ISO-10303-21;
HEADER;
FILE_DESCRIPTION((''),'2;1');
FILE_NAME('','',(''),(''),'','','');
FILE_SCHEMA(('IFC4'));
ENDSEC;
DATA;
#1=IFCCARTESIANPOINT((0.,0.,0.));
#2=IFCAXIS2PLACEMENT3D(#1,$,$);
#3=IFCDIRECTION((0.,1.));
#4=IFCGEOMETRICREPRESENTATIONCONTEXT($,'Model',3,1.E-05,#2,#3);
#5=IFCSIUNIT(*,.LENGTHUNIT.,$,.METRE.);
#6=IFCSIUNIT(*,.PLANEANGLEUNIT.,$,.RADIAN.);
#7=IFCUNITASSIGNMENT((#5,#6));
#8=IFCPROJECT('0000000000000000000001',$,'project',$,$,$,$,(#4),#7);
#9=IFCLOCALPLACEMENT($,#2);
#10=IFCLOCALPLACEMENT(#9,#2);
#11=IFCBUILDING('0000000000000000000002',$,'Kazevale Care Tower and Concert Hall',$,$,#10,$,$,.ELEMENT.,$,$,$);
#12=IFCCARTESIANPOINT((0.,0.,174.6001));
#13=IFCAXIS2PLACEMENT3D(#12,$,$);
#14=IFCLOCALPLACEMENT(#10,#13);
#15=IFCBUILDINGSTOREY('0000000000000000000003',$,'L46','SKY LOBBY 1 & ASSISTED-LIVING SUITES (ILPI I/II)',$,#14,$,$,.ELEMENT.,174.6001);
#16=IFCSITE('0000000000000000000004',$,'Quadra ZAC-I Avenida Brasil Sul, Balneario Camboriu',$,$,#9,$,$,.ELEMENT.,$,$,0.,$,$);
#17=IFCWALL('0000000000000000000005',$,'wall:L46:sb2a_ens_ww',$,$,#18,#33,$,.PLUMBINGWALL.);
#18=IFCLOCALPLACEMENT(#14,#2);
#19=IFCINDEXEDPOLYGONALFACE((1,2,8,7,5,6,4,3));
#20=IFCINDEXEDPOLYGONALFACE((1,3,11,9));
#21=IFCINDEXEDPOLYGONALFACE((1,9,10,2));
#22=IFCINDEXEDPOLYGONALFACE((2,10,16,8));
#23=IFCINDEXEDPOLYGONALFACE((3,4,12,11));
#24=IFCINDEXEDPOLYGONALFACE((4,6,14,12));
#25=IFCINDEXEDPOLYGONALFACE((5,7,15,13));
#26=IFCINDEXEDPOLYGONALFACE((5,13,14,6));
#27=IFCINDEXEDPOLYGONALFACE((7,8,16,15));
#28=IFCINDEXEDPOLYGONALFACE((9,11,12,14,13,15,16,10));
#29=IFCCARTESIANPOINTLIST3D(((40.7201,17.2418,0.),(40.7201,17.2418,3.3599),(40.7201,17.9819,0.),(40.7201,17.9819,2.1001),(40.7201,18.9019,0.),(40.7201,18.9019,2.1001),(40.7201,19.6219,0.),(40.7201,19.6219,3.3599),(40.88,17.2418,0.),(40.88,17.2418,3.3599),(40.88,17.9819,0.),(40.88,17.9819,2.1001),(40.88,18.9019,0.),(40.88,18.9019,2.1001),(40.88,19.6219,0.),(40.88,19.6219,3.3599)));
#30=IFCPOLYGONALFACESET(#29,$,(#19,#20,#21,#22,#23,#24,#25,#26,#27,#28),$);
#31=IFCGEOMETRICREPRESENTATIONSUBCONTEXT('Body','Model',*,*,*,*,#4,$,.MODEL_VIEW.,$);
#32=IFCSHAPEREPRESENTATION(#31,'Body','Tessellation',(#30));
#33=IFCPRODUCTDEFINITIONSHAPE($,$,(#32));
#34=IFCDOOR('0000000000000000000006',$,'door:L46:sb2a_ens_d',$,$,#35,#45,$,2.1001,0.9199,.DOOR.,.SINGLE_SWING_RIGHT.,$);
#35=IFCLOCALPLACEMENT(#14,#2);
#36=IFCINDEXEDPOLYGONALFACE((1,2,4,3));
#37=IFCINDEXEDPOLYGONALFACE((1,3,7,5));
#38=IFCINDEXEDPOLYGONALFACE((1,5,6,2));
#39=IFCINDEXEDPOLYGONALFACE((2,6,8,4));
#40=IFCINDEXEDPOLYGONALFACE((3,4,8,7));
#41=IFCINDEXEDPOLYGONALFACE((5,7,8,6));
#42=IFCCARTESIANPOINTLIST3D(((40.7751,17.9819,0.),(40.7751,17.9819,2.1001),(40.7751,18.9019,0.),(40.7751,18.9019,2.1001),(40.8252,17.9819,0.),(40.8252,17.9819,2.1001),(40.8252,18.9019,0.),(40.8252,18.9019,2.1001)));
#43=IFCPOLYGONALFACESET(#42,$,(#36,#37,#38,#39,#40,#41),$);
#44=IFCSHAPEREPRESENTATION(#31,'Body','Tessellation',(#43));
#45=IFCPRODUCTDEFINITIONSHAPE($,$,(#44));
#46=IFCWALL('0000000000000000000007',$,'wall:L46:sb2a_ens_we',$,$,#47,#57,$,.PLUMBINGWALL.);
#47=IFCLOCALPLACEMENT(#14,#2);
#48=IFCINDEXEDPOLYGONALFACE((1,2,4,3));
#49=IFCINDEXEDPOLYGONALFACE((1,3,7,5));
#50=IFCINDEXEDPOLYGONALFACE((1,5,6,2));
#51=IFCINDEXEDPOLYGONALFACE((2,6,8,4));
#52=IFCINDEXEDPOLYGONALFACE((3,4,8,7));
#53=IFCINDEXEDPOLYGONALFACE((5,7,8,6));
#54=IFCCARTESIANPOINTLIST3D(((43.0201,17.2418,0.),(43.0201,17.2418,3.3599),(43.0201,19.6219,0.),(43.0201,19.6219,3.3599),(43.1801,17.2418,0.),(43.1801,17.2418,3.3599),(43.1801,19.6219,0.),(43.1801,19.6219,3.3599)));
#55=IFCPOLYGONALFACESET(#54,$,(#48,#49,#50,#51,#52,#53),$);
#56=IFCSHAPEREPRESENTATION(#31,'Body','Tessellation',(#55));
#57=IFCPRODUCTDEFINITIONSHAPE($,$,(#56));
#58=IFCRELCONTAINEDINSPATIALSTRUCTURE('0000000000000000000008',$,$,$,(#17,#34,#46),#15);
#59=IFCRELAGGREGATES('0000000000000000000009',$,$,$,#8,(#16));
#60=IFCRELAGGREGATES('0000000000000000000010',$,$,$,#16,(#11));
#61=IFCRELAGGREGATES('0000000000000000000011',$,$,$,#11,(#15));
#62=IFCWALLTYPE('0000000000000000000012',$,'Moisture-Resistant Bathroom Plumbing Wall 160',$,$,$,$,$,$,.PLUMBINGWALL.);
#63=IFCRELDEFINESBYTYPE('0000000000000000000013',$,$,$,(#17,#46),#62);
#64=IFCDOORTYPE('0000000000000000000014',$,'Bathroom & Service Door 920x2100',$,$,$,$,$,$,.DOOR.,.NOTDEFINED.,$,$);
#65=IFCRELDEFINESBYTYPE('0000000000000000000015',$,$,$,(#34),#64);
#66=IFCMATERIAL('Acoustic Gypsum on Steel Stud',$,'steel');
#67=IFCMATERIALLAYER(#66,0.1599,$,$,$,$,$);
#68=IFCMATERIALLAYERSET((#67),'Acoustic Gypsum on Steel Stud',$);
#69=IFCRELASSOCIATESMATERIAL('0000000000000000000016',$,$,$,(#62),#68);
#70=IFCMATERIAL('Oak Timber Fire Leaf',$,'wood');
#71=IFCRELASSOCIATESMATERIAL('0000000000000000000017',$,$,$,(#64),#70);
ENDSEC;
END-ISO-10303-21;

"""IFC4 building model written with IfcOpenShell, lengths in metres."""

from ifc_helpers import new_model, si_unit, direction, frame, frame_2d, origin, place, context, subcontext, project, spatial, rectangle, extrude, material, layer, layer_set, type_object, element, fill, save


model = new_model("IFC4")

# Units and contexts
model_context = context("Model", 3, precision=1e-05, world=origin(), true_north=direction((0.0, 1.0)))
body_context = subcontext(model_context, "Body", "Model", "MODEL_VIEW")
ifc_project = project(units=[si_unit("LENGTHUNIT", "METRE"), si_unit("PLANEANGLEUNIT", "RADIAN")], contexts=[model_context])

# Site, building, storey
site_placement = place(None, origin())
site = spatial("IfcSite", under=ifc_project, at=site_placement, Name="Quadra ZAC-I Avenida Brasil Sul, Balneario Camboriu", CompositionType="ELEMENT", RefElevation=0.0)
building_placement = place(site_placement, origin())
building = spatial("IfcBuilding", under=site, at=building_placement, Name="Kazevale Care Tower and Concert Hall", CompositionType="ELEMENT")
storey_placement = place(building_placement, frame((0.0, 0.0, 174.6001)))
storey = spatial("IfcBuildingStorey", under=building, at=storey_placement, Name="L46", Description="SKY LOBBY 1 & ASSISTED-LIVING SUITES (ILPI I/II)", CompositionType="ELEMENT", Elevation=174.6001)

# Shared definitions
ifc_material_1 = material(Name="Acoustic Gypsum on Steel Stud", Category="steel")

# Shared definitions
ifc_material_2 = material(Name="Oak Timber Fire Leaf", Category="wood")

# Shared definitions
ifc_layer_1 = layer(ifc_material_1, 0.1599)
ifc_layer_set_1 = layer_set([ifc_layer_1], Name="Acoustic Gypsum on Steel Stud")
wall_type_1 = type_object("IfcWallType", Name="Moisture-Resistant Bathroom Plumbing Wall 160", PredefinedType="PLUMBINGWALL", material=ifc_layer_set_1)

# Wall, opening, door
wall_1_placement = place(storey_placement, frame((40.8, 17.2419, 0.0), z_axis=(0.0, 0.0, 1.0), x_axis=(0.0, 1.0, 0.0)))
wall_1 = element("IfcWall", 1, at=wall_1_placement, inside=storey, type_object=wall_type_1, Name="wall:L46:sb2a_ens_ww", PredefinedType="PLUMBINGWALL", context=body_context, shape_type="SweptSolid", body=[
    extrude(rectangle(XDim=2.3801, YDim=0.1599, at=frame_2d((1.1899, 0.0))), origin(), (0.0, 0.0, 1.0), 3.3599),
])
opening_1_placement = place(wall_1_placement, frame((0.74, 0.0, 0.0)))
opening_1 = element("IfcOpeningElement", 2, at=opening_1_placement, cuts=wall_1, PredefinedType="OPENING", context=body_context, shape_type="SweptSolid", body=[
    extrude(rectangle(XDim=0.9199, YDim=2.1001, at=frame_2d((0.46, 1.05))), frame((0.0, 0.0898, 0.0), z_axis=(0.0, -1.0, 0.0), x_axis=(1.0, 0.0, 0.0)), (0.0, 0.0, 1.0), 0.1799),
])
door_type_1 = type_object("IfcDoorType", Name="Bathroom & Service Door 920x2100", OperationType="NOTDEFINED", PredefinedType="DOOR", material=ifc_material_2)
door_1_placement = place(opening_1_placement, origin())
door_1 = element("IfcDoor", 3, at=door_1_placement, inside=storey, type_object=door_type_1, Name="door:L46:sb2a_ens_d", OperationType="SINGLE_SWING_RIGHT", OverallHeight=2.1001, OverallWidth=0.9199, PredefinedType="DOOR", context=body_context, shape_type="SweptSolid", body=[
    extrude(rectangle(XDim=0.9199, YDim=2.1001, at=frame_2d((0.46, 1.05))), frame((0.0, 0.0249, 0.0), z_axis=(0.0, -1.0, 0.0), x_axis=(1.0, 0.0, 0.0)), (0.0, 0.0, 1.0), 0.05),
])
fill(opening_1, door_1)

# Wall
wall_2_placement = place(storey_placement, frame((43.1001, 17.2419, 0.0), z_axis=(0.0, 0.0, 1.0), x_axis=(0.0, 1.0, 0.0)))
element("IfcWall", 4, at=wall_2_placement, inside=storey, type_object=wall_type_1, Name="wall:L46:sb2a_ens_we", PredefinedType="PLUMBINGWALL", context=body_context, shape_type="SweptSolid", body=[
    extrude(rectangle(XDim=2.3801, YDim=0.1599, at=frame_2d((1.1899, 0.0))), origin(), (0.0, 0.0, 1.0), 3.3599),
])

save(model, "model.ifc")
